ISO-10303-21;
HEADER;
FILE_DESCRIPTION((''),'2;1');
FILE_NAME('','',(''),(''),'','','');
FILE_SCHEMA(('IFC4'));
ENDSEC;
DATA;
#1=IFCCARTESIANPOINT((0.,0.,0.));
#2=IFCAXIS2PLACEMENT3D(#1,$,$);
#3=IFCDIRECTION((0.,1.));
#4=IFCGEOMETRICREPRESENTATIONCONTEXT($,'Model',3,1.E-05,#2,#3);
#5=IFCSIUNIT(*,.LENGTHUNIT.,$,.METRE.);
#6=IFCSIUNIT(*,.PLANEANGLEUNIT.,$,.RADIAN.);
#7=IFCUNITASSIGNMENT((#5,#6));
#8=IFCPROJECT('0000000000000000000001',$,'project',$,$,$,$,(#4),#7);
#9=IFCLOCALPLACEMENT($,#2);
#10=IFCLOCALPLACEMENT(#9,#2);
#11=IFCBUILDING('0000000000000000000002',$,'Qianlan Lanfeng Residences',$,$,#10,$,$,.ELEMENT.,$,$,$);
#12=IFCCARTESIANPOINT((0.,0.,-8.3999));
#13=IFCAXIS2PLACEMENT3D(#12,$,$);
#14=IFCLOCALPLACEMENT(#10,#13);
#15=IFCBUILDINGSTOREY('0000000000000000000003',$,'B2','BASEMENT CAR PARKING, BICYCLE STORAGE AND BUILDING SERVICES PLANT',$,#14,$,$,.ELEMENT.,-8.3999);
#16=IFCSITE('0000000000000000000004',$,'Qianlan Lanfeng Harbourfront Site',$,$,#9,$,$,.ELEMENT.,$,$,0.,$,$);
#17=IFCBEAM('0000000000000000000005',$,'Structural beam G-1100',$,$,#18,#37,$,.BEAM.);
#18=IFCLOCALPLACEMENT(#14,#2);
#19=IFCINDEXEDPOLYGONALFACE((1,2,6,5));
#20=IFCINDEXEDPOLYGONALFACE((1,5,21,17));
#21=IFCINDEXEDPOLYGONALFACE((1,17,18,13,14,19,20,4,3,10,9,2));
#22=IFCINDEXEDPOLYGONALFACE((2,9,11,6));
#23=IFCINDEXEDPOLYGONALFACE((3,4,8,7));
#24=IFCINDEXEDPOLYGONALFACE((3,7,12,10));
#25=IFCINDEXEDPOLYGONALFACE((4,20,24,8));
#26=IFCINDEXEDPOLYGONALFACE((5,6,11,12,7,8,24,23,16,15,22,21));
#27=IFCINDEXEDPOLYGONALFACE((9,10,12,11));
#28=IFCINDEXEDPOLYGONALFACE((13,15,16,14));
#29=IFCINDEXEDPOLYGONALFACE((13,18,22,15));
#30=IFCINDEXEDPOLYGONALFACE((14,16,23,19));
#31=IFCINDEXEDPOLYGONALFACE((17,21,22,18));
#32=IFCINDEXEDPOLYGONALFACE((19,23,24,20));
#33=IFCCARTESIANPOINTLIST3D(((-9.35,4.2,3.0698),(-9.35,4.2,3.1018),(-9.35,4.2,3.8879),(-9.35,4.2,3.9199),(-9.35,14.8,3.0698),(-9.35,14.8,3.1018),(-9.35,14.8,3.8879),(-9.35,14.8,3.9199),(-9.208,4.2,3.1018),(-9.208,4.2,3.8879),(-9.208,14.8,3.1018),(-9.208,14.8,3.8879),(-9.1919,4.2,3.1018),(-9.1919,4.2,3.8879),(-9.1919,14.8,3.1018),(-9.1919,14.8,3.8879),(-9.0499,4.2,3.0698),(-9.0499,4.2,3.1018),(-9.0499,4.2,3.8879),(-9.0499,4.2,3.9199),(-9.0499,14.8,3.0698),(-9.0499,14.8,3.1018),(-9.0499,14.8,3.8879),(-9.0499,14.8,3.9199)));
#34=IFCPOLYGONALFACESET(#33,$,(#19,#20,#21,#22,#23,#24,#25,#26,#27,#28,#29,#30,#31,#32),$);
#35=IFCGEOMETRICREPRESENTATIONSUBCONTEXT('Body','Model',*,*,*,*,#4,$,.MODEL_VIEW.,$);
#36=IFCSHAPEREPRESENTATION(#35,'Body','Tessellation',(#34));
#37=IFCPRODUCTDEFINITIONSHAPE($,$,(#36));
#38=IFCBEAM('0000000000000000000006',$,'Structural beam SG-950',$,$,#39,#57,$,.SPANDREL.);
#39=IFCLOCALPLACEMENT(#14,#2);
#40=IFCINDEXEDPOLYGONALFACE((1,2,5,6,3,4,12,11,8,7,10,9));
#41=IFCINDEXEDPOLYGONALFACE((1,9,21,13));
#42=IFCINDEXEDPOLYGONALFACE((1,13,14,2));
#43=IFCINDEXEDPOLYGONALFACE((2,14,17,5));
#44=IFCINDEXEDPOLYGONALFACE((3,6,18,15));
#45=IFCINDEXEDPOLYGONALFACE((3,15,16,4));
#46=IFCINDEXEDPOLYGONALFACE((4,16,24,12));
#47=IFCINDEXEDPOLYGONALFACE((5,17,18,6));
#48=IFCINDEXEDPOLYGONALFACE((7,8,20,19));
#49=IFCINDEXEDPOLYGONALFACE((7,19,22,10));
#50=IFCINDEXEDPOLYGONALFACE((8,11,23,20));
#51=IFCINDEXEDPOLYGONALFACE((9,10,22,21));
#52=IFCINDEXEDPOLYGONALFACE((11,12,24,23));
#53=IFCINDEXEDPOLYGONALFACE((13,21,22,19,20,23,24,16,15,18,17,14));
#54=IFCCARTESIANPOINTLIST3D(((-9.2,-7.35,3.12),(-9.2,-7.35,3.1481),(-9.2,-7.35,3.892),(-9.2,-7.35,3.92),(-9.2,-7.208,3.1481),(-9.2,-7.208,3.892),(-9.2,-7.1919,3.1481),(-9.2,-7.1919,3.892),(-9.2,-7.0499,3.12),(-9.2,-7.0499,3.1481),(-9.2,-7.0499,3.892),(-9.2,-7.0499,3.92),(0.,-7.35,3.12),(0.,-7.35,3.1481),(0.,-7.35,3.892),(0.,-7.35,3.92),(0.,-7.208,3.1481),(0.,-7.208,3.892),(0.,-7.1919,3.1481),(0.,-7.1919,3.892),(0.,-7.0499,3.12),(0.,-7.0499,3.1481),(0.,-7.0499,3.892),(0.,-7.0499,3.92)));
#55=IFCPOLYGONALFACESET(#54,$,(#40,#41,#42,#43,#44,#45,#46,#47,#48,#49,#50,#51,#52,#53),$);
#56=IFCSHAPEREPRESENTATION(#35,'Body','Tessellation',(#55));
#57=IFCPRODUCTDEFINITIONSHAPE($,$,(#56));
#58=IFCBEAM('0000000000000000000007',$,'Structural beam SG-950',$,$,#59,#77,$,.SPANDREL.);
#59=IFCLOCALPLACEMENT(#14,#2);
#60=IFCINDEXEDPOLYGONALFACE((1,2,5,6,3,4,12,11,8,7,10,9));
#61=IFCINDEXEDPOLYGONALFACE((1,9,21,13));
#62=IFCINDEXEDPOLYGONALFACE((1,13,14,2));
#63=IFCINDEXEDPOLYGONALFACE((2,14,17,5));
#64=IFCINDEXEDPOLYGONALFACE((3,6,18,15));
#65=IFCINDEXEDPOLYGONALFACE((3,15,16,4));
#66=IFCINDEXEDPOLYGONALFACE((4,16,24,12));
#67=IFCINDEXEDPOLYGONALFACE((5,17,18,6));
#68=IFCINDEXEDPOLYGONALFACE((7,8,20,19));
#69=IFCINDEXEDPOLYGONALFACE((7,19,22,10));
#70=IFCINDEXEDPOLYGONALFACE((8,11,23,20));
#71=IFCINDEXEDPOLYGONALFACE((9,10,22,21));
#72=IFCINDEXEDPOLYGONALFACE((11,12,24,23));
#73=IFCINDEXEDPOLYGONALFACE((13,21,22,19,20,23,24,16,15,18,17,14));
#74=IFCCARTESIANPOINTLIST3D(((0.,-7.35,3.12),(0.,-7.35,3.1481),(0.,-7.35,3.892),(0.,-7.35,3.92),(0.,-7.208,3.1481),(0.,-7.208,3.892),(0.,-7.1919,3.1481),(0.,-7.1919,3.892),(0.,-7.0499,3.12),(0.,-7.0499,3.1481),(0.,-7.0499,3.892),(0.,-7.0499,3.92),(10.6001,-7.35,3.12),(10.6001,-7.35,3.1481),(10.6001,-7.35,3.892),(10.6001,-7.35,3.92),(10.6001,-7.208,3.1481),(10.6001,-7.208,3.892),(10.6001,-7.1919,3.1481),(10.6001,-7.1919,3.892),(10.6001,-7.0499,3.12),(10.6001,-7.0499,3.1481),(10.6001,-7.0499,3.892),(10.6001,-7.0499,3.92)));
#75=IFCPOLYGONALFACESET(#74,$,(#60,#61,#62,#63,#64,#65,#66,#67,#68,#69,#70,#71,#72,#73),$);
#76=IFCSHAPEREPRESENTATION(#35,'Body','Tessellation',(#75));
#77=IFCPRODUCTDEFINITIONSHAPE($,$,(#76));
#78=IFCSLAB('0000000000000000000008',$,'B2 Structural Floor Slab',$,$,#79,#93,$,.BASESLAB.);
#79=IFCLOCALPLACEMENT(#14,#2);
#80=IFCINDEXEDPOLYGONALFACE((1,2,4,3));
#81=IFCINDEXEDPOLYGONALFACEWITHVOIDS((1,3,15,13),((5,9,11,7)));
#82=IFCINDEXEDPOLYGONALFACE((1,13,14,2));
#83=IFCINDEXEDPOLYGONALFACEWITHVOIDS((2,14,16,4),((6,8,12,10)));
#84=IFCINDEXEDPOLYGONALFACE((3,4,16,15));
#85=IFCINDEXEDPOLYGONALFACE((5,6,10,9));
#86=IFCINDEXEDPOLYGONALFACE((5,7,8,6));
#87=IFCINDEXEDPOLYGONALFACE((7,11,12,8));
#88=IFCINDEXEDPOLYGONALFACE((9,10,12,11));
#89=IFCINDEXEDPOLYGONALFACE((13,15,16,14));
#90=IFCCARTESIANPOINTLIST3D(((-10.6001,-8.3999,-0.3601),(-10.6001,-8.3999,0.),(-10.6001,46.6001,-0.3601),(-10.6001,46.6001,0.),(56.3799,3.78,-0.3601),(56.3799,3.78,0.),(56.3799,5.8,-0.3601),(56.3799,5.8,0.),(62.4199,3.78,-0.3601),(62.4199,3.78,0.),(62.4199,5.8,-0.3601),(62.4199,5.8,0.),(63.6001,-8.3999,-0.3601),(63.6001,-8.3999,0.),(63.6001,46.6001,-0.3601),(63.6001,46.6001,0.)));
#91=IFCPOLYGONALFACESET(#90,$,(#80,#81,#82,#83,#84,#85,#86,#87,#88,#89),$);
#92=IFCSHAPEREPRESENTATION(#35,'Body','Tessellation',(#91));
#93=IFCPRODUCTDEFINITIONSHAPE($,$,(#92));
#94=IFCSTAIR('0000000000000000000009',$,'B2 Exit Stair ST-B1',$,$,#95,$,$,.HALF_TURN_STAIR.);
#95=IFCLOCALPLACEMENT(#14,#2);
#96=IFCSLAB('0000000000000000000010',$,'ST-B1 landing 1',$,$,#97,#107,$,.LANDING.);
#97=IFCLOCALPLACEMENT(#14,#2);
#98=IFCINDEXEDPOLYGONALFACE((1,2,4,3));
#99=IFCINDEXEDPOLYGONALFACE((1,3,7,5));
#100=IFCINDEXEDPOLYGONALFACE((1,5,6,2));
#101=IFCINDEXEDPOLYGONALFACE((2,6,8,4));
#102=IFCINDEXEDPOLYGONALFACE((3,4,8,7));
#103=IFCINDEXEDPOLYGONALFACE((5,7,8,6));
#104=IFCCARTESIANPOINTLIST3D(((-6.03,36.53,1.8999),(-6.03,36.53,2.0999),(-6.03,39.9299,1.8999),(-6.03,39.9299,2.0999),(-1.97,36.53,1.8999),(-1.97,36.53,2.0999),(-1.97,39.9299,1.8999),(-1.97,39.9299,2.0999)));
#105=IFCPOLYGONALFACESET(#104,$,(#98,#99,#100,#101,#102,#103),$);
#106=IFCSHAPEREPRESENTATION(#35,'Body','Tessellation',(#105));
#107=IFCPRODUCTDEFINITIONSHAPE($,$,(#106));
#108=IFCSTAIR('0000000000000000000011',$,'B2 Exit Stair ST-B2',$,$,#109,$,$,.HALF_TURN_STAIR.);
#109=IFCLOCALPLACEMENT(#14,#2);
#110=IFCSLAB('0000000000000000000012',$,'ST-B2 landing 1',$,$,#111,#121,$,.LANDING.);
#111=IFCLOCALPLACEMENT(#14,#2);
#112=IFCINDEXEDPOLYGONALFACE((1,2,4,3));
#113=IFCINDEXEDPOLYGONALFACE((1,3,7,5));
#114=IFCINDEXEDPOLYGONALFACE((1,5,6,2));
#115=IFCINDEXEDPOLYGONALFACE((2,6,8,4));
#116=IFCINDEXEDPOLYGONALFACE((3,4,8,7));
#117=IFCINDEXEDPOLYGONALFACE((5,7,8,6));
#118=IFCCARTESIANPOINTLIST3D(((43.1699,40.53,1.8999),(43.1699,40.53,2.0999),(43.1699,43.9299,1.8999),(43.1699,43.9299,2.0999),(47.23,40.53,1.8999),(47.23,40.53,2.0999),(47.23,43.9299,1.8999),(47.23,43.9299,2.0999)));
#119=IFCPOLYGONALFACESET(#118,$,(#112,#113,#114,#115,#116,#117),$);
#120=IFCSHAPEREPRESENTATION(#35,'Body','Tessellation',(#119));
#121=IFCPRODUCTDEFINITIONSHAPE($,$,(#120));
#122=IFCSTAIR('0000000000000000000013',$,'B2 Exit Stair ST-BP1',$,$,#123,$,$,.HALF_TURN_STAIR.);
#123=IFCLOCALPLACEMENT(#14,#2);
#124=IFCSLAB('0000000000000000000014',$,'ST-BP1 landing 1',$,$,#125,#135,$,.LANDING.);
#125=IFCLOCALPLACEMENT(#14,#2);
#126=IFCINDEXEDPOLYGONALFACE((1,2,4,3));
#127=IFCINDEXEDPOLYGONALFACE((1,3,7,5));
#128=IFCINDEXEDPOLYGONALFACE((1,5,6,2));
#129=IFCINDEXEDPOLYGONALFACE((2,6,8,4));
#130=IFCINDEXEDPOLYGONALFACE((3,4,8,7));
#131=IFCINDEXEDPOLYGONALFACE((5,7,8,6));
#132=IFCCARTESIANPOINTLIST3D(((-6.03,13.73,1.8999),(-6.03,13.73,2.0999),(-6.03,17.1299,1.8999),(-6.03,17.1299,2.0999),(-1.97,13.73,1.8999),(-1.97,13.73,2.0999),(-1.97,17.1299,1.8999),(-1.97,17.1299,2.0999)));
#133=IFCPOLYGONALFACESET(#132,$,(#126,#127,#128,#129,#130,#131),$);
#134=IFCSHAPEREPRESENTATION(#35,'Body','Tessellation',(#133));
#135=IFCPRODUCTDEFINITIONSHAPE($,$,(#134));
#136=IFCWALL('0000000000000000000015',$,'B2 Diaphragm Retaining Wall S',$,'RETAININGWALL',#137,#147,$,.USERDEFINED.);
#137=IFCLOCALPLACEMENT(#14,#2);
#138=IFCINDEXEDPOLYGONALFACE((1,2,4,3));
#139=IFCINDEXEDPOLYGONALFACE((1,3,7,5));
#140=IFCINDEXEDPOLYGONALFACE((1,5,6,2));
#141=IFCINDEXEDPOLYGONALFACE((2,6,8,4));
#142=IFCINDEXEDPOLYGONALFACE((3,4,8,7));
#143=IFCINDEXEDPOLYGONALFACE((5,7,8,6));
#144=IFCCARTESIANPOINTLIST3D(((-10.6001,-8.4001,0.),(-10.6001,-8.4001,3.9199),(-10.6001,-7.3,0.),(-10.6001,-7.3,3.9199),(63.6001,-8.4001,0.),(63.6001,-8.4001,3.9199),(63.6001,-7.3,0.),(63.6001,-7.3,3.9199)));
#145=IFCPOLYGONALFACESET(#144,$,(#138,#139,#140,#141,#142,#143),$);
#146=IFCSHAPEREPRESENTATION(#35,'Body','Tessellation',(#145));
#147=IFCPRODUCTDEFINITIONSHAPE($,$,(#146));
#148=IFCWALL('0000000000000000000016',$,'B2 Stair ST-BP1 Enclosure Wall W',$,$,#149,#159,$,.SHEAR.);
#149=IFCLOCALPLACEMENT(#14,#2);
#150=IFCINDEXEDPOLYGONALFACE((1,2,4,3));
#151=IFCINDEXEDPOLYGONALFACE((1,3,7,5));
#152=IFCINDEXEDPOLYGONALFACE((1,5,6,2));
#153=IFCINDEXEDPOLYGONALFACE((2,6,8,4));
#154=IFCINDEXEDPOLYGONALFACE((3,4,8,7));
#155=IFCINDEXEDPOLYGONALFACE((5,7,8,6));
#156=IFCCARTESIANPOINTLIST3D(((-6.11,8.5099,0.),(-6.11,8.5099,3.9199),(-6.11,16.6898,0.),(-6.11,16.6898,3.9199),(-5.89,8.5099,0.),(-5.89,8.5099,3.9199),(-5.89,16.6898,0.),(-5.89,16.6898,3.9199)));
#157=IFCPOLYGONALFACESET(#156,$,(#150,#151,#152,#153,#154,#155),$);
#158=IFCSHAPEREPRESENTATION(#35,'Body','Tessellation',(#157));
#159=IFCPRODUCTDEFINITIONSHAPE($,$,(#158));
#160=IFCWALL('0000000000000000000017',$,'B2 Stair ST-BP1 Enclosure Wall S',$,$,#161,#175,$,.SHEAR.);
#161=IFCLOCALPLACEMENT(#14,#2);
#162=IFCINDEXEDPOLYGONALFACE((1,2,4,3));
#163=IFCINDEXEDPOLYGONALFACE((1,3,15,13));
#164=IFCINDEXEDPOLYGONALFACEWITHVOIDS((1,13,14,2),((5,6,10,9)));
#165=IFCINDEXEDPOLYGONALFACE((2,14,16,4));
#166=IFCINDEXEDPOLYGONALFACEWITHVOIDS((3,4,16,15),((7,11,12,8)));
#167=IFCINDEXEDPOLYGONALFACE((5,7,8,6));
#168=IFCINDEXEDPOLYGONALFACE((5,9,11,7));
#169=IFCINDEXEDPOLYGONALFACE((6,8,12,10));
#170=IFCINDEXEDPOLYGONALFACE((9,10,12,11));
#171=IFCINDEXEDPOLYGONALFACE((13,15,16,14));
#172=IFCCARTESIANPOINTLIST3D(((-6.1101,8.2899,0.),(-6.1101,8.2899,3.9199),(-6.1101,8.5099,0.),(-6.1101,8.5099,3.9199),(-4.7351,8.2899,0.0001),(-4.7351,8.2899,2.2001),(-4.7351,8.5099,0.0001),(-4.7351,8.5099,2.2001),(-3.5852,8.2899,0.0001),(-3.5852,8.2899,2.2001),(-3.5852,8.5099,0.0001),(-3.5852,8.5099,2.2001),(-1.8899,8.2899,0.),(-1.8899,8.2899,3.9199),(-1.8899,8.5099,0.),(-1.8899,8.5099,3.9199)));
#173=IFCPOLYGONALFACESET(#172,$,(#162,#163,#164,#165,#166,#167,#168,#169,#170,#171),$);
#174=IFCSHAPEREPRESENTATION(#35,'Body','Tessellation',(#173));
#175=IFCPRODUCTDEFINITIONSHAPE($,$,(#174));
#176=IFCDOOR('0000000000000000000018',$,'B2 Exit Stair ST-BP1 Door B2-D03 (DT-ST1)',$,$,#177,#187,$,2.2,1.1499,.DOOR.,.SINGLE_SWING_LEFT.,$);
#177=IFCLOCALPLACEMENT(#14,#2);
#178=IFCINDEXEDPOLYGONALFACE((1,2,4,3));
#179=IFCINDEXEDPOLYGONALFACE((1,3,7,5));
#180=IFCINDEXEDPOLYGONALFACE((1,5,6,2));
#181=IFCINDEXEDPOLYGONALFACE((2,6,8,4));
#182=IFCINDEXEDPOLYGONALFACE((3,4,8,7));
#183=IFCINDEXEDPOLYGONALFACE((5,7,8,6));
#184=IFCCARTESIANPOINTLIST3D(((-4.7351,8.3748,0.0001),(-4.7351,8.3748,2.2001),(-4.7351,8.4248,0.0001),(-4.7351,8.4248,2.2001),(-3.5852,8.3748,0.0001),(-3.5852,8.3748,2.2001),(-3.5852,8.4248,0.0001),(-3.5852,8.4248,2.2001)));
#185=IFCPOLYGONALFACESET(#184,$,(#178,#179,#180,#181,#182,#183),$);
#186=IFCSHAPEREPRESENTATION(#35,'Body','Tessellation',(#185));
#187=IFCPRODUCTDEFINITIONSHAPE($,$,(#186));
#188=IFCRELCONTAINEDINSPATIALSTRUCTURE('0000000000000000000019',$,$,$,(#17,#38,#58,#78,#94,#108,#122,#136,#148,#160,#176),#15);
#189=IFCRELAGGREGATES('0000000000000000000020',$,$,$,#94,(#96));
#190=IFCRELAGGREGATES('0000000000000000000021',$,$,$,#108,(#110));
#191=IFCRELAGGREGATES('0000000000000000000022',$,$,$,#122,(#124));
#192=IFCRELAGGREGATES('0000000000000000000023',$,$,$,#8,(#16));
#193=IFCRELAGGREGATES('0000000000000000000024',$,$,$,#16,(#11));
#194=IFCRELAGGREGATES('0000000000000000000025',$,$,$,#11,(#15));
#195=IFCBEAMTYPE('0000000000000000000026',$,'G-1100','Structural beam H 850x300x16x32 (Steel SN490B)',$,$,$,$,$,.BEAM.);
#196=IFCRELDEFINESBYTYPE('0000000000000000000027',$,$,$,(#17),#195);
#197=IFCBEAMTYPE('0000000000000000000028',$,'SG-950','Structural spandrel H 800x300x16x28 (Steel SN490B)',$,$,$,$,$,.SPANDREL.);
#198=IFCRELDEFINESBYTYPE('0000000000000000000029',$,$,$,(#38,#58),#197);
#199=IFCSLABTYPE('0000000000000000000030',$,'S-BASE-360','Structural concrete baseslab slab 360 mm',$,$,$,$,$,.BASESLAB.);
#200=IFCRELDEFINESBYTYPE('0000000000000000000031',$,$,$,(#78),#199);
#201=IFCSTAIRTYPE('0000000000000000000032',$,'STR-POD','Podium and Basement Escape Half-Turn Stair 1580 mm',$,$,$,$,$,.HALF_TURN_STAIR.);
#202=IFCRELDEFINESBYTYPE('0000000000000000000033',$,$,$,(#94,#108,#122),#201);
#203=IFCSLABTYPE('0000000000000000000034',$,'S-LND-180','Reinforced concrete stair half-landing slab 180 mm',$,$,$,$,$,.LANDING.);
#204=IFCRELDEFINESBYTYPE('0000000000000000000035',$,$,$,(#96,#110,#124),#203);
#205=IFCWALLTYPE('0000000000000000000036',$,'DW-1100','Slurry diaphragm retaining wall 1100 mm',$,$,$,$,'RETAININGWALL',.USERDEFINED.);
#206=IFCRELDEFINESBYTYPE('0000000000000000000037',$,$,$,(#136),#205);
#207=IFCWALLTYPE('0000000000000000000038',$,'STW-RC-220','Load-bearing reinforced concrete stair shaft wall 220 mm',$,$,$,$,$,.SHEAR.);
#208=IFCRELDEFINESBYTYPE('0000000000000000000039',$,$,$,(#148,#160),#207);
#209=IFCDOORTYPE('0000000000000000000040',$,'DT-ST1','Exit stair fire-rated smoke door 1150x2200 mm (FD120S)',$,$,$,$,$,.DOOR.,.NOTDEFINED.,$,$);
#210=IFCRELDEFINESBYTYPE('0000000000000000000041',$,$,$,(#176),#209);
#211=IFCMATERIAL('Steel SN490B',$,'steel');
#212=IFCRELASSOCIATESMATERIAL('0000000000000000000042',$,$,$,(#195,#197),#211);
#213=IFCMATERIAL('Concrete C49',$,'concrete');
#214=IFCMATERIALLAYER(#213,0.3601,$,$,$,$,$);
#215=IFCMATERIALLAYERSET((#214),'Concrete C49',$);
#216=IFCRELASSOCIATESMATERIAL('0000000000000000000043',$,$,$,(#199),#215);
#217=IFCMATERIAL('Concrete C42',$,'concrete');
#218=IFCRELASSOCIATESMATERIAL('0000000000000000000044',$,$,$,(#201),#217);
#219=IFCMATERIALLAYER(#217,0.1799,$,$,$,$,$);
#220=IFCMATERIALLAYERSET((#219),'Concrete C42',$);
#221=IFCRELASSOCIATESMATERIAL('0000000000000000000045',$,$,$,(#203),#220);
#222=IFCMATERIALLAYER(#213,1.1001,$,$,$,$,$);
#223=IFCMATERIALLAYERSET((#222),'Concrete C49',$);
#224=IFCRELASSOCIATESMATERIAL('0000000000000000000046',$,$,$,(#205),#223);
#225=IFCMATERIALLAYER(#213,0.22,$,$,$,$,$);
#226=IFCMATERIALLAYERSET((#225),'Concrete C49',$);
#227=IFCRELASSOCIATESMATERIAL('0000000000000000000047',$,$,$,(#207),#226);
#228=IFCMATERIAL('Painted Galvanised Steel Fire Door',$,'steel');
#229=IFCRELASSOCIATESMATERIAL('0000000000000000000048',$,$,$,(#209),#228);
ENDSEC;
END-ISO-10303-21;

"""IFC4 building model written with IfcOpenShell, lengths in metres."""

from ifc_helpers import new_model, si_unit, direction, frame, frame_2d, origin, origin_2d, place, context, subcontext, project, spatial, polyline, rectangle, i_section, outline, extrude, material, layer, layer_set, material_profile, profile_set, type_object, element, fill, aggregate, save


model = new_model("IFC4")

# Units and contexts
model_context = context("Model", 3, precision=1e-05, world=origin(), true_north=direction((0.0, 1.0)))
body_context = subcontext(model_context, "Body", "Model", "MODEL_VIEW")
ifc_project = project(units=[si_unit("LENGTHUNIT", "METRE"), si_unit("PLANEANGLEUNIT", "RADIAN")], contexts=[model_context])

# Site, building, storey
site_placement = place(None, origin())
site = spatial("IfcSite", under=ifc_project, at=site_placement, Name="Qianlan Lanfeng Harbourfront Site", CompositionType="ELEMENT", RefElevation=0.0)
building_placement = place(site_placement, origin())
building = spatial("IfcBuilding", under=site, at=building_placement, Name="Qianlan Lanfeng Residences", CompositionType="ELEMENT")
storey_placement = place(building_placement, frame((0.0, 0.0, -8.3999)))
storey = spatial("IfcBuildingStorey", under=building, at=storey_placement, Name="B2", Description="BASEMENT CAR PARKING, BICYCLE STORAGE AND BUILDING SERVICES PLANT", CompositionType="ELEMENT", Elevation=-8.3999)

# Shared definitions
ifc_material_1 = material(Name="Concrete C42", Category="concrete")

# Shared definitions
ifc_material_2 = material(Name="Concrete C49", Category="concrete")

# Beams
ifc_material_3 = material(Name="Steel SN490B", Category="steel")
ifc_material_profile_1 = material_profile(ifc_material_3, i_section(OverallWidth=0.3, OverallDepth=0.8501, WebThickness=0.0161, FlangeThickness=0.032, at=origin_2d()), Name="H 850x300x16x32")
ifc_profile_set_1 = profile_set([ifc_material_profile_1], Name="Steel SN490B")
beam_type_1 = type_object("IfcBeamType", Name="G-1100", Description="Structural beam H 850x300x16x32 (Steel SN490B)", PredefinedType="BEAM", material=ifc_profile_set_1)
beam_1_placement = place(storey_placement, frame((-9.2, 4.2, 3.4949), z_axis=(0.0, 1.0, 0.0), x_axis=(-1.0, 0.0, 0.0)))
element("IfcBeam", 1, at=beam_1_placement, inside=storey, type_object=beam_type_1, Name="Structural beam G-1100", PredefinedType="BEAM", context=body_context, shape_type="SweptSolid", body=[
    extrude(i_section(OverallWidth=0.3, OverallDepth=0.8501, WebThickness=0.0161, FlangeThickness=0.032, at=origin_2d()), origin(), (0.0, 0.0, 1.0), 10.6001),
])
ifc_material_profile_2 = material_profile(ifc_material_3, i_section(OverallWidth=0.3, OverallDepth=0.8, WebThickness=0.0161, FlangeThickness=0.0281, at=origin_2d()), Name="H 800x300x16x28")
ifc_profile_set_2 = profile_set([ifc_material_profile_2], Name="Steel SN490B")
beam_type_2 = type_object("IfcBeamType", Name="SG-950", Description="Structural spandrel H 800x300x16x28 (Steel SN490B)", PredefinedType="SPANDREL", material=ifc_profile_set_2)
beam_2_placement = place(storey_placement, frame((-9.2, -7.2, 3.52), z_axis=(1.0, 0.0, 0.0), x_axis=(0.0, 1.0, 0.0)))
element("IfcBeam", 2, at=beam_2_placement, inside=storey, type_object=beam_type_2, Name="Structural beam SG-950", PredefinedType="SPANDREL", context=body_context, shape_type="SweptSolid", body=[
    extrude(i_section(OverallWidth=0.3, OverallDepth=0.8, WebThickness=0.0161, FlangeThickness=0.0281, at=origin_2d()), origin(), (0.0, 0.0, 1.0), 9.2),
])
beam_3_placement = place(storey_placement, frame((0.0, -7.2, 3.52), z_axis=(1.0, 0.0, 0.0), x_axis=(0.0, 1.0, 0.0)))
element("IfcBeam", 3, at=beam_3_placement, inside=storey, type_object=beam_type_2, Name="Structural beam SG-950", PredefinedType="SPANDREL", context=body_context, shape_type="SweptSolid", body=[
    extrude(i_section(OverallWidth=0.3, OverallDepth=0.8, WebThickness=0.0161, FlangeThickness=0.0281, at=origin_2d()), origin(), (0.0, 0.0, 1.0), 10.6001),
])

# Slab
ifc_layer_1 = layer(ifc_material_2, 0.3601)
ifc_layer_set_1 = layer_set([ifc_layer_1], Name="Concrete C49")
slab_type_1 = type_object("IfcSlabType", Name="S-BASE-360", Description="Structural concrete baseslab slab 360 mm", PredefinedType="BASESLAB", material=ifc_layer_set_1)
slab_1_placement = place(storey_placement, frame((0.0, 0.0, -0.3601)))
element("IfcSlab", 4, at=slab_1_placement, inside=storey, type_object=slab_type_1, Name="B2 Structural Floor Slab", PredefinedType="BASESLAB", context=body_context, shape_type="SweptSolid", body=[
    extrude(outline(polyline([(-10.6001, -8.3999), (63.6001, -8.3999), (63.6001, 46.6001), (-10.6001, 46.6001), (-10.6001, -8.3999)]), holes=[polyline([(56.3799, 3.78), (56.3799, 5.8), (62.4199, 5.8), (62.4199, 3.78), (56.3799, 3.78)])]), origin(), (0.0, 0.0, 1.0), 0.3601),
])

# Stairs, slabs
stair_type = type_object("IfcStairType", Name="STR-POD", Description="Podium and Basement Escape Half-Turn Stair 1580 mm", PredefinedType="HALF_TURN_STAIR", material=ifc_material_1)
stair_1_placement = place(storey_placement, origin())
stair_1 = element("IfcStair", 5, at=stair_1_placement, inside=storey, type_object=stair_type, Name="B2 Exit Stair ST-B1", PredefinedType="HALF_TURN_STAIR")
ifc_layer_2 = layer(ifc_material_1, 0.1799)
ifc_layer_set_2 = layer_set([ifc_layer_2], Name="Concrete C42")
slab_type_2 = type_object("IfcSlabType", Name="S-LND-180", Description="Reinforced concrete stair half-landing slab 180 mm", PredefinedType="LANDING", material=ifc_layer_set_2)
slab_2_placement = place(storey_placement, frame((0.0, 0.0, 1.8999)))
slab_2 = element("IfcSlab", 6, at=slab_2_placement, type_object=slab_type_2, Name="ST-B1 landing 1", PredefinedType="LANDING", context=body_context, shape_type="SweptSolid", body=[
    extrude(outline(polyline([(-6.03, 36.53), (-1.97, 36.53), (-1.97, 39.9299), (-6.03, 39.9299), (-6.03, 36.53)])), origin(), (0.0, 0.0, 1.0), 0.2),
])
aggregate(stair_1, [slab_2])
stair_2_placement = place(storey_placement, origin())
stair_2 = element("IfcStair", 7, at=stair_2_placement, inside=storey, type_object=stair_type, Name="B2 Exit Stair ST-B2", PredefinedType="HALF_TURN_STAIR")
slab_3_placement = place(storey_placement, frame((0.0, 0.0, 1.8999)))
slab_3 = element("IfcSlab", 8, at=slab_3_placement, type_object=slab_type_2, Name="ST-B2 landing 1", PredefinedType="LANDING", context=body_context, shape_type="SweptSolid", body=[
    extrude(outline(polyline([(43.1699, 40.53), (47.23, 40.53), (47.23, 43.9299), (43.1699, 43.9299), (43.1699, 40.53)])), origin(), (0.0, 0.0, 1.0), 0.2),
])
aggregate(stair_2, [slab_3])
stair_3_placement = place(storey_placement, origin())
stair_3 = element("IfcStair", 9, at=stair_3_placement, inside=storey, type_object=stair_type, Name="B2 Exit Stair ST-BP1", PredefinedType="HALF_TURN_STAIR")
slab_4_placement = place(storey_placement, frame((0.0, 0.0, 1.8999)))
slab_4 = element("IfcSlab", 10, at=slab_4_placement, type_object=slab_type_2, Name="ST-BP1 landing 1", PredefinedType="LANDING", context=body_context, shape_type="SweptSolid", body=[
    extrude(outline(polyline([(-6.03, 13.73), (-1.97, 13.73), (-1.97, 17.1299), (-6.03, 17.1299), (-6.03, 13.73)])), origin(), (0.0, 0.0, 1.0), 0.2),
])
aggregate(stair_3, [slab_4])

# Walls
ifc_layer_3 = layer(ifc_material_2, 1.1001)
ifc_layer_set_3 = layer_set([ifc_layer_3], Name="Concrete C49")
wall_type_1 = type_object("IfcWallType", Name="DW-1100", Description="Slurry diaphragm retaining wall 1100 mm", ElementType="RETAININGWALL", PredefinedType="USERDEFINED", material=ifc_layer_set_3)
wall_1_placement = place(storey_placement, frame((-10.6001, -7.8501, 0.0), z_axis=(0.0, 0.0, 1.0), x_axis=(1.0, 0.0, 0.0)))
element("IfcWall", 11, at=wall_1_placement, inside=storey, type_object=wall_type_1, Name="B2 Diaphragm Retaining Wall S", ObjectType="RETAININGWALL", PredefinedType="USERDEFINED", context=body_context, shape_type="SweptSolid", body=[
    extrude(rectangle(XDim=74.2002, YDim=1.1001, at=frame_2d((37.1001, 0.0))), origin(), (0.0, 0.0, 1.0), 3.9199),
])
ifc_layer_4 = layer(ifc_material_2, 0.22)
ifc_layer_set_4 = layer_set([ifc_layer_4], Name="Concrete C49")
wall_type_2 = type_object("IfcWallType", Name="STW-RC-220", Description="Load-bearing reinforced concrete stair shaft wall 220 mm", PredefinedType="SHEAR", material=ifc_layer_set_4)
wall_2_placement = place(storey_placement, frame((-6.0, 8.51, 0.0), z_axis=(0.0, 0.0, 1.0), x_axis=(0.0, 1.0, 0.0)))
element("IfcWall", 12, at=wall_2_placement, inside=storey, type_object=wall_type_2, Name="B2 Stair ST-BP1 Enclosure Wall W", PredefinedType="SHEAR", context=body_context, shape_type="SweptSolid", body=[
    extrude(rectangle(XDim=8.1799, YDim=0.22, at=frame_2d((4.0898, 0.0))), origin(), (0.0, 0.0, 1.0), 3.9199),
])

# Wall, opening, door
wall_3_placement = place(storey_placement, frame((-6.1101, 8.3999, 0.0), z_axis=(0.0, 0.0, 1.0), x_axis=(1.0, 0.0, 0.0)))
wall_3 = element("IfcWall", 13, at=wall_3_placement, inside=storey, type_object=wall_type_2, Name="B2 Stair ST-BP1 Enclosure Wall S", PredefinedType="SHEAR", context=body_context, shape_type="SweptSolid", body=[
    extrude(rectangle(XDim=4.2202, YDim=0.22, at=frame_2d((2.1101, 0.0))), origin(), (0.0, 0.0, 1.0), 3.9199),
])
opening_placement = place(wall_3_placement, frame((1.375, 0.0, 0.0)))
opening = element("IfcOpeningElement", 14, at=opening_placement, cuts=wall_3, PredefinedType="OPENING", context=body_context, shape_type="SweptSolid", body=[
    extrude(rectangle(XDim=1.1499, YDim=2.2, at=frame_2d((0.575, 1.1001))), frame((0.0, 0.1201, 0.0), z_axis=(0.0, -1.0, 0.0), x_axis=(1.0, 0.0, 0.0)), (0.0, 0.0, 1.0), 0.24),
])
ifc_material_4 = material(Name="Painted Galvanised Steel Fire Door", Category="steel")
door_type = type_object("IfcDoorType", Name="DT-ST1", Description="Exit stair fire-rated smoke door 1150x2200 mm (FD120S)", OperationType="NOTDEFINED", PredefinedType="DOOR", material=ifc_material_4)
door_placement = place(opening_placement, origin())
door = element("IfcDoor", 15, at=door_placement, inside=storey, type_object=door_type, Name="B2 Exit Stair ST-BP1 Door B2-D03 (DT-ST1)", OperationType="SINGLE_SWING_LEFT", OverallHeight=2.2, OverallWidth=1.1499, PredefinedType="DOOR", context=body_context, shape_type="SweptSolid", body=[
    extrude(rectangle(XDim=1.1499, YDim=2.2, at=frame_2d((0.575, 1.1001))), frame((0.0, 0.0249, 0.0), z_axis=(0.0, -1.0, 0.0), x_axis=(1.0, 0.0, 0.0)), (0.0, 0.0, 1.0), 0.05),
])
fill(opening, door)

save(model, "model.ifc")
